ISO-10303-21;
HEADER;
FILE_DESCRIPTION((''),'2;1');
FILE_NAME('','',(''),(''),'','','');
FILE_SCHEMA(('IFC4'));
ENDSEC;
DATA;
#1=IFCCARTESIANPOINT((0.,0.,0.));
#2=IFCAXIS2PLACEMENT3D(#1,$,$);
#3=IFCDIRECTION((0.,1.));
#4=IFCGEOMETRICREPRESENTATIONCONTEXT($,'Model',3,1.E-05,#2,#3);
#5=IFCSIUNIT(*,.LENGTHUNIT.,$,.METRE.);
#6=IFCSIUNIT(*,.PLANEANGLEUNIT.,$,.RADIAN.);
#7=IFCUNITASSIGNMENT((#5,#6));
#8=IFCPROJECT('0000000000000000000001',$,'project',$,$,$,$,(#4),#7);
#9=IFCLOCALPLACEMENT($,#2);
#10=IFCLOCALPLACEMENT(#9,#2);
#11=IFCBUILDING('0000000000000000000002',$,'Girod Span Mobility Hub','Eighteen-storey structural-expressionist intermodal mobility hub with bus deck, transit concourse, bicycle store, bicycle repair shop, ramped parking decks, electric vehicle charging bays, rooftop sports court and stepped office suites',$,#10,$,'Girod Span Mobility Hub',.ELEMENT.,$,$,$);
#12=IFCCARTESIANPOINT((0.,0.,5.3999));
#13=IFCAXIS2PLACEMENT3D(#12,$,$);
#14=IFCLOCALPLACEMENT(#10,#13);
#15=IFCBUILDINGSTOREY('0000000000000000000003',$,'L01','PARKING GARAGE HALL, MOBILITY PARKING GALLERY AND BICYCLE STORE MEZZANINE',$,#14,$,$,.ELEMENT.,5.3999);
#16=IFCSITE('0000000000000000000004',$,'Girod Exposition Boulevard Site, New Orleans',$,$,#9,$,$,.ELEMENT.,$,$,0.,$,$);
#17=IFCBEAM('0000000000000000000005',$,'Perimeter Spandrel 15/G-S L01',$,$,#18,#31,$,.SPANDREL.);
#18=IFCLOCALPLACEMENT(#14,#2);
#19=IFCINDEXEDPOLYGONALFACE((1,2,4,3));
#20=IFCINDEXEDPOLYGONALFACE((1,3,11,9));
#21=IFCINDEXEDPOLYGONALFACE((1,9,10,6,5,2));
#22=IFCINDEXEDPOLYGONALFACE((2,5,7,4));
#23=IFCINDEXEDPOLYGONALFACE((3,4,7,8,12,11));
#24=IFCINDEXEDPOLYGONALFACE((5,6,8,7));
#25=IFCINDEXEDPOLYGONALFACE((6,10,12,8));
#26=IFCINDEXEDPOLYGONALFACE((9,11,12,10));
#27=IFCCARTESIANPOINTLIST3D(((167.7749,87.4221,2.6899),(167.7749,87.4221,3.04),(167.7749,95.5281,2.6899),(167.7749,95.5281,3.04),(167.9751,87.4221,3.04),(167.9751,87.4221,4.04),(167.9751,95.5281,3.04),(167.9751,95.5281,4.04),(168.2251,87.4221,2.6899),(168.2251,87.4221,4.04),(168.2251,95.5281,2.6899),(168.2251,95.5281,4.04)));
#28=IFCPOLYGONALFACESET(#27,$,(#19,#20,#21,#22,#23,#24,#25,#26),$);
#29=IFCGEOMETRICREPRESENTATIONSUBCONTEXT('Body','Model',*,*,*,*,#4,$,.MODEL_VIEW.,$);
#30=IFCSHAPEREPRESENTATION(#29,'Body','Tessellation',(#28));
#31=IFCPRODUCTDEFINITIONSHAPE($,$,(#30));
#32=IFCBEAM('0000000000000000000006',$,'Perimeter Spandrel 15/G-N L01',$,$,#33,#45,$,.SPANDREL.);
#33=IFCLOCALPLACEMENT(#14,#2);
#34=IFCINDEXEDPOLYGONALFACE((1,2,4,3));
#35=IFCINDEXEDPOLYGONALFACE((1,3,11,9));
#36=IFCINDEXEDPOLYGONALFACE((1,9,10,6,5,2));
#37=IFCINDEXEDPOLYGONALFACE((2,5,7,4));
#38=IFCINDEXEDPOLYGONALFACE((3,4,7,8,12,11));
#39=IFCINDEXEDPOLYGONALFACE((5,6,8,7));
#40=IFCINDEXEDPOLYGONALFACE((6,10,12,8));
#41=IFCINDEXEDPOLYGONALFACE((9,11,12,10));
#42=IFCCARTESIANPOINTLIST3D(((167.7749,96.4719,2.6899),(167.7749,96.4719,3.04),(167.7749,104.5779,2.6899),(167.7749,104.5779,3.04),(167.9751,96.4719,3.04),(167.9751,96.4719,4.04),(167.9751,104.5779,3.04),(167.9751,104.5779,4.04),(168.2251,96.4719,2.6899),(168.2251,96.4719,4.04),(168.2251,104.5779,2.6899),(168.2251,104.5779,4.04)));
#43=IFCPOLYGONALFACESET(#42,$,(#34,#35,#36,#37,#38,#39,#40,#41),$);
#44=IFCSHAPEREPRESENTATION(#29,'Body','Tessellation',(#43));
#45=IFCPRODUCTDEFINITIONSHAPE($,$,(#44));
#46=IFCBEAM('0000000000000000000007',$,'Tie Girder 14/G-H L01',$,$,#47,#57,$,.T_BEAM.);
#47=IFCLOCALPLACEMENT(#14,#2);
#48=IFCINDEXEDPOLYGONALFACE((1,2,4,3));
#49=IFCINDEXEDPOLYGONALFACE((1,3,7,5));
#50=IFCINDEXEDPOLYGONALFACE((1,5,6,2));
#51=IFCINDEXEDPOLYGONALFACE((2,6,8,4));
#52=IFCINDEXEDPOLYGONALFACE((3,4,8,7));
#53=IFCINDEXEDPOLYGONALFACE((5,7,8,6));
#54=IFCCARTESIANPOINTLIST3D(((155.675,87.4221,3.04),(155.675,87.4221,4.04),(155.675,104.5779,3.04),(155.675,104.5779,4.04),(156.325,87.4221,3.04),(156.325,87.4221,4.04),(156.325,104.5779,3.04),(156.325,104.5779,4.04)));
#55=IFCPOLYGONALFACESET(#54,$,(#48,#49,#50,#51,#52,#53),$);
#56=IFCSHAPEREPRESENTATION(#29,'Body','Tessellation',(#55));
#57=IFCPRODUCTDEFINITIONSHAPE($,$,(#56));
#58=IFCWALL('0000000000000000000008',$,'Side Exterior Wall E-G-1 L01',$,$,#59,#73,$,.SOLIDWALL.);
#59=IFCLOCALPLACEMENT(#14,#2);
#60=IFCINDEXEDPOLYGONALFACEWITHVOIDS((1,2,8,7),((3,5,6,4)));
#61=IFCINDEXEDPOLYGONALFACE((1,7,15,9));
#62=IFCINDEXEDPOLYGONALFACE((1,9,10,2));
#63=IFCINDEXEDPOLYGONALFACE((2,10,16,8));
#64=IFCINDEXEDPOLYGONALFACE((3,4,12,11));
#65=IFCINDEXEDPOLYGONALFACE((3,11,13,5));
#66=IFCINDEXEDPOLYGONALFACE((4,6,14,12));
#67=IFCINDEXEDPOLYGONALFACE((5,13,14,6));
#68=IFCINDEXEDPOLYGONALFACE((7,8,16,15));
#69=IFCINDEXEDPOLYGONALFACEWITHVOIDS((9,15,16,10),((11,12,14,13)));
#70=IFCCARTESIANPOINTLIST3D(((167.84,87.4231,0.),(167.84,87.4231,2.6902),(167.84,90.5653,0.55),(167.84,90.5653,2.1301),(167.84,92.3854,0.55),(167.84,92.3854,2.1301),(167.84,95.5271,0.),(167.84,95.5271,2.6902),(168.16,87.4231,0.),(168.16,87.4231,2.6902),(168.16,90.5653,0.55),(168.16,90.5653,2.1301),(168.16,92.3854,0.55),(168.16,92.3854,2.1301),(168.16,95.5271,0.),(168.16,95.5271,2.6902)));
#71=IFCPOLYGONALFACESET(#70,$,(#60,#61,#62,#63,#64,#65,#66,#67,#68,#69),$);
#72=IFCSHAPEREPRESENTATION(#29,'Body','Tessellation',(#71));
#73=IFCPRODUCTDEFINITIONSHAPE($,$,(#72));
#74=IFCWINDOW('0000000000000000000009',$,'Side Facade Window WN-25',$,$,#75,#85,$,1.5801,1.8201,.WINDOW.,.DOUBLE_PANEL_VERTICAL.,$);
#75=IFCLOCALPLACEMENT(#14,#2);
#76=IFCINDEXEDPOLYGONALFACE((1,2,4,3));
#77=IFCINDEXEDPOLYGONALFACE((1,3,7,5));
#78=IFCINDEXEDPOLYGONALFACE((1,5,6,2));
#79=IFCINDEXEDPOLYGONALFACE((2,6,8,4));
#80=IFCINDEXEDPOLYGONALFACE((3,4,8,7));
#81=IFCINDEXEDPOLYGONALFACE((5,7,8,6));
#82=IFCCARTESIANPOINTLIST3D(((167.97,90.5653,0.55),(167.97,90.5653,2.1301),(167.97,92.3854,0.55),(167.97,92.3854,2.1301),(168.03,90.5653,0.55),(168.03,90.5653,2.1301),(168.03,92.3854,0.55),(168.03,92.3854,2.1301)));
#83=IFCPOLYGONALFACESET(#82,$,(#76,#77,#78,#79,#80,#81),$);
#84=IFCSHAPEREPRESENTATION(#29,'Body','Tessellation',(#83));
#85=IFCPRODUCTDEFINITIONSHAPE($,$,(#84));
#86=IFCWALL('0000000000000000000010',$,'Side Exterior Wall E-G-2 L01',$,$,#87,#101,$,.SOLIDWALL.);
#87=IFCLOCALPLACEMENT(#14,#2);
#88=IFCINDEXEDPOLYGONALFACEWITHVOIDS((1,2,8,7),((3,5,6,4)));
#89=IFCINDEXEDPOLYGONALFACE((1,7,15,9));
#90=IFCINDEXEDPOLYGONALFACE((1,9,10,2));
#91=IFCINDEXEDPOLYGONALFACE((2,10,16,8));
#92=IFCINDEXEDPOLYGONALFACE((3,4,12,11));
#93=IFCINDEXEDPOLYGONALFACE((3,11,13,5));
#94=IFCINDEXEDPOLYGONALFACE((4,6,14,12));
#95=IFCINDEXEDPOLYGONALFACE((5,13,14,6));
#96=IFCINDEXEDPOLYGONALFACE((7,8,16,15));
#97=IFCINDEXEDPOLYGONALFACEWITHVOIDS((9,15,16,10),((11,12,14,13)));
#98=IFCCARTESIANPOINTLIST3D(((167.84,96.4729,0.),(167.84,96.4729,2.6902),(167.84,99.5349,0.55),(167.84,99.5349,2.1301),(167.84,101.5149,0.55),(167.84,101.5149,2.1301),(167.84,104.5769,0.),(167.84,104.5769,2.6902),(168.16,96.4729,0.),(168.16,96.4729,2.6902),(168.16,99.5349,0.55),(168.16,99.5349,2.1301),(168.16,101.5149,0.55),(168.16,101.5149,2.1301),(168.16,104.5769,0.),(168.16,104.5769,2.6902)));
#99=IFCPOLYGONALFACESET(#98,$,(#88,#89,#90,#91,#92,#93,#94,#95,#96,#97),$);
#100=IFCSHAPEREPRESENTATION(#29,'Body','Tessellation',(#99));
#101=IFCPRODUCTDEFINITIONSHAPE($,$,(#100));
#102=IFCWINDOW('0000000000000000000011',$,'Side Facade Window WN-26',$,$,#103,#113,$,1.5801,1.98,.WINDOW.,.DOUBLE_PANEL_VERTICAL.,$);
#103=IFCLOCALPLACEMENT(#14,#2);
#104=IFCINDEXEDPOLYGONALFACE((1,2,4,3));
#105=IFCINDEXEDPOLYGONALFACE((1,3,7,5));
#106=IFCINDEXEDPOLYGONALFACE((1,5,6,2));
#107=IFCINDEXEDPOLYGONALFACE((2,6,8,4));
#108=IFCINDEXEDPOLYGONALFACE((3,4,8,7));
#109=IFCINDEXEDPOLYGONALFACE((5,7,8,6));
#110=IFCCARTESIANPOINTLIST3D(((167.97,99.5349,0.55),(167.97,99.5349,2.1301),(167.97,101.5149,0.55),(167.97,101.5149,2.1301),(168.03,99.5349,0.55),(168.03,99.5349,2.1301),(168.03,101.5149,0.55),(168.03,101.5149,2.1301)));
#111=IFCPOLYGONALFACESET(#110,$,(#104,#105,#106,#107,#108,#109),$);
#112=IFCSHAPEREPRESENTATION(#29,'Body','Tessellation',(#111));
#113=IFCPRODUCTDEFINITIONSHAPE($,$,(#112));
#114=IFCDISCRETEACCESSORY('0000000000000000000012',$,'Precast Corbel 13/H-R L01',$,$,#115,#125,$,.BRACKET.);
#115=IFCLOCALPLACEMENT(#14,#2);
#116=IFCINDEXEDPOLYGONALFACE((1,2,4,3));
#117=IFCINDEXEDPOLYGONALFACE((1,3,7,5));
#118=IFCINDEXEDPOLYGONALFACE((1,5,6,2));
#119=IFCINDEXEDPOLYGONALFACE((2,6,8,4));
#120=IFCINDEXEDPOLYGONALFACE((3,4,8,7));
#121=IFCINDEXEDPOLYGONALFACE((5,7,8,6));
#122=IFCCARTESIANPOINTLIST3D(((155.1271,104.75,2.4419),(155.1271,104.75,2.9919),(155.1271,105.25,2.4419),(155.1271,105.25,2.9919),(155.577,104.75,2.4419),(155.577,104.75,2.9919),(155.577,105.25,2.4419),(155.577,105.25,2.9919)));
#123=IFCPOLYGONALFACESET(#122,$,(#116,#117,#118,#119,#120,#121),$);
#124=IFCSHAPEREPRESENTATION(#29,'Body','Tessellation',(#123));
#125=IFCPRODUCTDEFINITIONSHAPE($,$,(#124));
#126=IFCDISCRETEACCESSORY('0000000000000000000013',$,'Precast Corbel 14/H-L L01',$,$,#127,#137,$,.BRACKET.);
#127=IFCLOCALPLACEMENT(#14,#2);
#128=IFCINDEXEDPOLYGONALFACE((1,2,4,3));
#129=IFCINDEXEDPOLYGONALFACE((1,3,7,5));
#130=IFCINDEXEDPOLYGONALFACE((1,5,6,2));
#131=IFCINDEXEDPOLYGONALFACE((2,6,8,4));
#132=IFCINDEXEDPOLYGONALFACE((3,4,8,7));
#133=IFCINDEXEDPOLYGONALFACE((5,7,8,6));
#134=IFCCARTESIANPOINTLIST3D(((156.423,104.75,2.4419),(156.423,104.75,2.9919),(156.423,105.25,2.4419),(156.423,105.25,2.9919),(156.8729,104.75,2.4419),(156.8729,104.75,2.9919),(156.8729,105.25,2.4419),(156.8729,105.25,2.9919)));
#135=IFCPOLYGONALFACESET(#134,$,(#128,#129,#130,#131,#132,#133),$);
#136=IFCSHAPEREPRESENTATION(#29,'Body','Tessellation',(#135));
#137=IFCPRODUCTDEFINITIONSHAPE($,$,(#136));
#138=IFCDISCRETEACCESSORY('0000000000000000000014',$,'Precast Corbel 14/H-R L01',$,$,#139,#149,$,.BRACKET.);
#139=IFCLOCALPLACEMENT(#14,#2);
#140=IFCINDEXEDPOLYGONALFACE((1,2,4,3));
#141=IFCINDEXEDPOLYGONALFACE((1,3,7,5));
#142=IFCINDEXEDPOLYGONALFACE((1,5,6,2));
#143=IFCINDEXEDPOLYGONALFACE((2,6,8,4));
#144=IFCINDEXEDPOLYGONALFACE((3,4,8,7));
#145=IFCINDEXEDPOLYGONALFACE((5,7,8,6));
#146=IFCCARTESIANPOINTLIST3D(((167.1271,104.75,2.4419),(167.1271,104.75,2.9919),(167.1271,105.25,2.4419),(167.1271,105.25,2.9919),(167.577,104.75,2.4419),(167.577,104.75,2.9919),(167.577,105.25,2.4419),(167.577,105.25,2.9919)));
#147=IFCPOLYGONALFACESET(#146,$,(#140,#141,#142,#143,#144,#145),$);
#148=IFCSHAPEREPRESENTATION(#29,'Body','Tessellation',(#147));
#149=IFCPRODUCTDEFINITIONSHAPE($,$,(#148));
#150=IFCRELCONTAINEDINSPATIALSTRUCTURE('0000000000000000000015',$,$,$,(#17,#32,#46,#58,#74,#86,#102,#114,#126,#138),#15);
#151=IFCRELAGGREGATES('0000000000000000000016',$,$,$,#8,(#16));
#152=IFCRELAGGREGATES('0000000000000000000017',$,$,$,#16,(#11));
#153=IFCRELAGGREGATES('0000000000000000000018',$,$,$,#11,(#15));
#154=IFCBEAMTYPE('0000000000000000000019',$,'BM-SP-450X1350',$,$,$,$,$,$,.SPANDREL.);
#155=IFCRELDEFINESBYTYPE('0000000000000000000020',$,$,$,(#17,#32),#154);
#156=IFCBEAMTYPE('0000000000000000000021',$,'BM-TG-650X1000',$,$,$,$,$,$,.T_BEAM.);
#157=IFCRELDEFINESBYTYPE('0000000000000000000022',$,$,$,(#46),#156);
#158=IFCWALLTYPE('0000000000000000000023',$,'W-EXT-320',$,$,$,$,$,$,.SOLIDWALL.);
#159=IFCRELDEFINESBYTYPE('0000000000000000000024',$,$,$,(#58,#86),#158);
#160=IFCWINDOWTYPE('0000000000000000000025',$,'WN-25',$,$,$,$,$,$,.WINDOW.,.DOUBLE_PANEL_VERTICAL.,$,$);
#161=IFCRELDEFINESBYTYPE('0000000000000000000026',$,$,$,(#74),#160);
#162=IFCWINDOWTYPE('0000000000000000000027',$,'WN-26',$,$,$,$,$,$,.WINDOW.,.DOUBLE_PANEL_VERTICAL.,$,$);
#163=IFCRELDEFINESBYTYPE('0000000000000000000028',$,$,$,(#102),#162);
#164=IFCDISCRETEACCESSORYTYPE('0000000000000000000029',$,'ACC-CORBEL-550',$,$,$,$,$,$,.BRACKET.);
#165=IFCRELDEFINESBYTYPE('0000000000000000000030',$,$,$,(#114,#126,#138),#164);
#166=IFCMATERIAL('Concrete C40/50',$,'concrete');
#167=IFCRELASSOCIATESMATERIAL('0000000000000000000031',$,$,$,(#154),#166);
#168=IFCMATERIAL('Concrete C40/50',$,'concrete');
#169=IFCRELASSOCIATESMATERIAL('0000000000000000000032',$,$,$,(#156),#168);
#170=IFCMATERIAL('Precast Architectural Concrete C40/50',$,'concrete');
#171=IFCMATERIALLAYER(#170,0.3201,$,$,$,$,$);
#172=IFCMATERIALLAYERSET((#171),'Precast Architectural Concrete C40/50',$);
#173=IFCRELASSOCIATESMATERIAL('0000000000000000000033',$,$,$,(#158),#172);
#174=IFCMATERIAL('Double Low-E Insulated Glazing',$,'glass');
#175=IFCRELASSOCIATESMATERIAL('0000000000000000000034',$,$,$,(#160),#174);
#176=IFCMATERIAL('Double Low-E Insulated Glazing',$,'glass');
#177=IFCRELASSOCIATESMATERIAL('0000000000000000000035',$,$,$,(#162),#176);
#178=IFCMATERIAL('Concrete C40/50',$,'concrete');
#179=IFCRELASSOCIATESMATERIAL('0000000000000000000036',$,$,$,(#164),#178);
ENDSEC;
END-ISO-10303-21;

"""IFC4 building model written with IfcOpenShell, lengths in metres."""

from ifc_helpers import new_model, si_unit, direction, frame, frame_2d, origin, origin_2d, place, context, subcontext, project, spatial, polyline, rectangle, outline, extrude, material, layer, layer_set, material_profile, profile_set, type_object, element, fill, save


model = new_model("IFC4")

# Units and contexts
model_context = context("Model", 3, precision=1e-05, world=origin(), true_north=direction((0.0, 1.0)))
body_context = subcontext(model_context, "Body", "Model", "MODEL_VIEW")
ifc_project = project(units=[si_unit("LENGTHUNIT", "METRE"), si_unit("PLANEANGLEUNIT", "RADIAN")], contexts=[model_context])

# Site, building, storey
site_placement = place(None, origin())
site = spatial("IfcSite", under=ifc_project, at=site_placement, Name="Girod Exposition Boulevard Site, New Orleans", CompositionType="ELEMENT", RefElevation=0.0)
building_placement = place(site_placement, origin())
building = spatial("IfcBuilding", under=site, at=building_placement, Name="Girod Span Mobility Hub", Description="Eighteen-storey structural-expressionist intermodal mobility hub with bus deck, transit concourse, bicycle store, bicycle repair shop, ramped parking decks, electric vehicle charging bays, rooftop sports court and stepped office suites", LongName="Girod Span Mobility Hub", CompositionType="ELEMENT")
storey_placement = place(building_placement, frame((0.0, 0.0, 5.3999)))
storey = spatial("IfcBuildingStorey", under=building, at=storey_placement, Name="L01", Description="PARKING GARAGE HALL, MOBILITY PARKING GALLERY AND BICYCLE STORE MEZZANINE", CompositionType="ELEMENT", Elevation=5.3999)

# Beams
ifc_material_1 = material(Name="Concrete C40/50", Category="concrete")
ifc_material_profile_1 = material_profile(ifc_material_1, outline(polyline([(-0.2251, -0.675), (0.2251, -0.675), (0.2251, -0.325), (0.0249, -0.325), (0.0249, 0.675), (-0.2251, 0.675), (-0.2251, -0.675)])), Name="SP-450X1350")
ifc_profile_set_1 = profile_set([ifc_material_profile_1], Name="Concrete C40/50")
beam_type_1 = type_object("IfcBeamType", Name="BM-SP-450X1350", PredefinedType="SPANDREL", material=ifc_profile_set_1)
for number, where, z_axis, x_axis, name in (
    (1, (168.0, 87.4221, 3.365), (0.0, 1.0, 0.0), (-1.0, 0.0, 0.0), "Perimeter Spandrel 15/G-S L01"),
    (2, (168.0, 96.4719, 3.365), (0.0, 1.0, 0.0), (-1.0, 0.0, 0.0), "Perimeter Spandrel 15/G-N L01"),
):
    element("IfcBeam", number, at=place(storey_placement, frame(where, z_axis=z_axis, x_axis=x_axis)), inside=storey, type_object=beam_type_1, Name=name, PredefinedType="SPANDREL", context=body_context, shape_type="SweptSolid", body=[
        extrude(outline(polyline([(-0.2251, -0.675), (0.2251, -0.675), (0.2251, -0.325), (0.0249, -0.325), (0.0249, 0.675), (-0.2251, 0.675), (-0.2251, -0.675)])), origin(), (0.0, 0.0, 1.0), 8.106),
    ])
ifc_material_2 = material(Name="Concrete C40/50", Category="concrete")
ifc_material_profile_2 = material_profile(ifc_material_2, rectangle(XDim=0.6499, YDim=1.0, at=origin_2d()), Name="TG-650X1000")
ifc_profile_set_2 = profile_set([ifc_material_profile_2], Name="Concrete C40/50")
beam_type_2 = type_object("IfcBeamType", Name="BM-TG-650X1000", PredefinedType="T_BEAM", material=ifc_profile_set_2)
beam_1_placement = place(storey_placement, frame((156.0, 87.4221, 3.54), z_axis=(0.0, 1.0, 0.0), x_axis=(-1.0, 0.0, 0.0)))
element("IfcBeam", 3, at=beam_1_placement, inside=storey, type_object=beam_type_2, Name="Tie Girder 14/G-H L01", PredefinedType="T_BEAM", context=body_context, shape_type="SweptSolid", body=[
    extrude(rectangle(XDim=0.6499, YDim=1.0, at=origin_2d()), origin(), (0.0, 0.0, 1.0), 17.1558),
])

# Walls, openings, windows
ifc_material_3 = material(Name="Precast Architectural Concrete C40/50", Category="concrete")
ifc_layer = layer(ifc_material_3, 0.3201)
ifc_layer_set = layer_set([ifc_layer], Name="Precast Architectural Concrete C40/50")
wall_type = type_object("IfcWallType", Name="W-EXT-320", PredefinedType="SOLIDWALL", material=ifc_layer_set)
wall_1_placement = place(storey_placement, frame((168.0, 87.4231, 0.0), z_axis=(0.0, 0.0, 1.0), x_axis=(0.0, 1.0, 0.0)))
wall_1 = element("IfcWall", 4, at=wall_1_placement, inside=storey, type_object=wall_type, Name="Side Exterior Wall E-G-1 L01", PredefinedType="SOLIDWALL", context=body_context, shape_type="SweptSolid", body=[
    extrude(rectangle(XDim=8.104, YDim=0.3201, at=frame_2d((4.052, 0.0))), origin(), (0.0, 0.0, 1.0), 2.6902),
])
opening_1_placement = place(wall_1_placement, frame((3.1421, 0.0, 0.55)))
opening_1 = element("IfcOpeningElement", 5, at=opening_1_placement, cuts=wall_1, PredefinedType="OPENING", context=body_context, shape_type="SweptSolid", body=[
    extrude(rectangle(XDim=1.8201, YDim=1.5801, at=frame_2d((0.9102, 0.79))), frame((0.0, 0.175, 0.0), z_axis=(0.0, -1.0, 0.0), x_axis=(1.0, 0.0, 0.0)), (0.0, 0.0, 1.0), 0.3501),
])
ifc_material_4 = material(Name="Double Low-E Insulated Glazing", Category="glass")
window_type_1 = type_object("IfcWindowType", Name="WN-25", PartitioningType="DOUBLE_PANEL_VERTICAL", PredefinedType="WINDOW", material=ifc_material_4)
window_1_placement = place(opening_1_placement, origin())
window_1 = element("IfcWindow", 6, at=window_1_placement, inside=storey, type_object=window_type_1, Name="Side Facade Window WN-25", OverallHeight=1.5801, OverallWidth=1.8201, PartitioningType="DOUBLE_PANEL_VERTICAL", PredefinedType="WINDOW", context=body_context, shape_type="SweptSolid", body=[
    extrude(rectangle(XDim=1.8201, YDim=1.5801, at=frame_2d((0.9102, 0.79))), frame((0.0, 0.03, 0.0), z_axis=(0.0, -1.0, 0.0), x_axis=(1.0, 0.0, 0.0)), (0.0, 0.0, 1.0), 0.0601),
])
fill(opening_1, window_1)
wall_2_placement = place(storey_placement, frame((168.0, 96.4729, 0.0), z_axis=(0.0, 0.0, 1.0), x_axis=(0.0, 1.0, 0.0)))
wall_2 = element("IfcWall", 7, at=wall_2_placement, inside=storey, type_object=wall_type, Name="Side Exterior Wall E-G-2 L01", PredefinedType="SOLIDWALL", context=body_context, shape_type="SweptSolid", body=[
    extrude(rectangle(XDim=8.104, YDim=0.3201, at=frame_2d((4.052, 0.0))), origin(), (0.0, 0.0, 1.0), 2.6902),
])
opening_2_placement = place(wall_2_placement, frame((3.062, 0.0, 0.55)))
opening_2 = element("IfcOpeningElement", 8, at=opening_2_placement, cuts=wall_2, PredefinedType="OPENING", context=body_context, shape_type="SweptSolid", body=[
    extrude(rectangle(XDim=1.98, YDim=1.5801, at=frame_2d((0.99, 0.79))), frame((0.0, 0.175, 0.0), z_axis=(0.0, -1.0, 0.0), x_axis=(1.0, 0.0, 0.0)), (0.0, 0.0, 1.0), 0.3501),
])
ifc_material_5 = material(Name="Double Low-E Insulated Glazing", Category="glass")
window_type_2 = type_object("IfcWindowType", Name="WN-26", PartitioningType="DOUBLE_PANEL_VERTICAL", PredefinedType="WINDOW", material=ifc_material_5)
window_2_placement = place(opening_2_placement, origin())
window_2 = element("IfcWindow", 9, at=window_2_placement, inside=storey, type_object=window_type_2, Name="Side Facade Window WN-26", OverallHeight=1.5801, OverallWidth=1.98, PartitioningType="DOUBLE_PANEL_VERTICAL", PredefinedType="WINDOW", context=body_context, shape_type="SweptSolid", body=[
    extrude(rectangle(XDim=1.98, YDim=1.5801, at=frame_2d((0.99, 0.79))), frame((0.0, 0.03, 0.0), z_axis=(0.0, -1.0, 0.0), x_axis=(1.0, 0.0, 0.0)), (0.0, 0.0, 1.0), 0.0601),
])
fill(opening_2, window_2)

# Discrete accessories
ifc_material_6 = material(Name="Concrete C40/50", Category="concrete")
discrete_accessory_type = type_object("IfcDiscreteAccessoryType", Name="ACC-CORBEL-550", PredefinedType="BRACKET", material=ifc_material_6)
for number, where, z_axis, x_axis, name in (
    (10, (155.3521, 105.0, 2.4419), (0.0, 0.0, 1.0), (1.0, 0.0, 0.0), "Precast Corbel 13/H-R L01"),
    (11, (156.6479, 105.0, 2.4419), (0.0, 0.0, 1.0), (1.0, 0.0, 0.0), "Precast Corbel 14/H-L L01"),
    (12, (167.3521, 105.0, 2.4419), (0.0, 0.0, 1.0), (1.0, 0.0, 0.0), "Precast Corbel 14/H-R L01"),
):
    element("IfcDiscreteAccessory", number, at=place(storey_placement, frame(where, z_axis=z_axis, x_axis=x_axis)), inside=storey, type_object=discrete_accessory_type, Name=name, PredefinedType="BRACKET", context=body_context, shape_type="SweptSolid", body=[
        extrude(rectangle(XDim=0.45, YDim=0.5, at=origin_2d()), origin(), (0.0, 0.0, 1.0), 0.55),
    ])

save(model, "model.ifc")
